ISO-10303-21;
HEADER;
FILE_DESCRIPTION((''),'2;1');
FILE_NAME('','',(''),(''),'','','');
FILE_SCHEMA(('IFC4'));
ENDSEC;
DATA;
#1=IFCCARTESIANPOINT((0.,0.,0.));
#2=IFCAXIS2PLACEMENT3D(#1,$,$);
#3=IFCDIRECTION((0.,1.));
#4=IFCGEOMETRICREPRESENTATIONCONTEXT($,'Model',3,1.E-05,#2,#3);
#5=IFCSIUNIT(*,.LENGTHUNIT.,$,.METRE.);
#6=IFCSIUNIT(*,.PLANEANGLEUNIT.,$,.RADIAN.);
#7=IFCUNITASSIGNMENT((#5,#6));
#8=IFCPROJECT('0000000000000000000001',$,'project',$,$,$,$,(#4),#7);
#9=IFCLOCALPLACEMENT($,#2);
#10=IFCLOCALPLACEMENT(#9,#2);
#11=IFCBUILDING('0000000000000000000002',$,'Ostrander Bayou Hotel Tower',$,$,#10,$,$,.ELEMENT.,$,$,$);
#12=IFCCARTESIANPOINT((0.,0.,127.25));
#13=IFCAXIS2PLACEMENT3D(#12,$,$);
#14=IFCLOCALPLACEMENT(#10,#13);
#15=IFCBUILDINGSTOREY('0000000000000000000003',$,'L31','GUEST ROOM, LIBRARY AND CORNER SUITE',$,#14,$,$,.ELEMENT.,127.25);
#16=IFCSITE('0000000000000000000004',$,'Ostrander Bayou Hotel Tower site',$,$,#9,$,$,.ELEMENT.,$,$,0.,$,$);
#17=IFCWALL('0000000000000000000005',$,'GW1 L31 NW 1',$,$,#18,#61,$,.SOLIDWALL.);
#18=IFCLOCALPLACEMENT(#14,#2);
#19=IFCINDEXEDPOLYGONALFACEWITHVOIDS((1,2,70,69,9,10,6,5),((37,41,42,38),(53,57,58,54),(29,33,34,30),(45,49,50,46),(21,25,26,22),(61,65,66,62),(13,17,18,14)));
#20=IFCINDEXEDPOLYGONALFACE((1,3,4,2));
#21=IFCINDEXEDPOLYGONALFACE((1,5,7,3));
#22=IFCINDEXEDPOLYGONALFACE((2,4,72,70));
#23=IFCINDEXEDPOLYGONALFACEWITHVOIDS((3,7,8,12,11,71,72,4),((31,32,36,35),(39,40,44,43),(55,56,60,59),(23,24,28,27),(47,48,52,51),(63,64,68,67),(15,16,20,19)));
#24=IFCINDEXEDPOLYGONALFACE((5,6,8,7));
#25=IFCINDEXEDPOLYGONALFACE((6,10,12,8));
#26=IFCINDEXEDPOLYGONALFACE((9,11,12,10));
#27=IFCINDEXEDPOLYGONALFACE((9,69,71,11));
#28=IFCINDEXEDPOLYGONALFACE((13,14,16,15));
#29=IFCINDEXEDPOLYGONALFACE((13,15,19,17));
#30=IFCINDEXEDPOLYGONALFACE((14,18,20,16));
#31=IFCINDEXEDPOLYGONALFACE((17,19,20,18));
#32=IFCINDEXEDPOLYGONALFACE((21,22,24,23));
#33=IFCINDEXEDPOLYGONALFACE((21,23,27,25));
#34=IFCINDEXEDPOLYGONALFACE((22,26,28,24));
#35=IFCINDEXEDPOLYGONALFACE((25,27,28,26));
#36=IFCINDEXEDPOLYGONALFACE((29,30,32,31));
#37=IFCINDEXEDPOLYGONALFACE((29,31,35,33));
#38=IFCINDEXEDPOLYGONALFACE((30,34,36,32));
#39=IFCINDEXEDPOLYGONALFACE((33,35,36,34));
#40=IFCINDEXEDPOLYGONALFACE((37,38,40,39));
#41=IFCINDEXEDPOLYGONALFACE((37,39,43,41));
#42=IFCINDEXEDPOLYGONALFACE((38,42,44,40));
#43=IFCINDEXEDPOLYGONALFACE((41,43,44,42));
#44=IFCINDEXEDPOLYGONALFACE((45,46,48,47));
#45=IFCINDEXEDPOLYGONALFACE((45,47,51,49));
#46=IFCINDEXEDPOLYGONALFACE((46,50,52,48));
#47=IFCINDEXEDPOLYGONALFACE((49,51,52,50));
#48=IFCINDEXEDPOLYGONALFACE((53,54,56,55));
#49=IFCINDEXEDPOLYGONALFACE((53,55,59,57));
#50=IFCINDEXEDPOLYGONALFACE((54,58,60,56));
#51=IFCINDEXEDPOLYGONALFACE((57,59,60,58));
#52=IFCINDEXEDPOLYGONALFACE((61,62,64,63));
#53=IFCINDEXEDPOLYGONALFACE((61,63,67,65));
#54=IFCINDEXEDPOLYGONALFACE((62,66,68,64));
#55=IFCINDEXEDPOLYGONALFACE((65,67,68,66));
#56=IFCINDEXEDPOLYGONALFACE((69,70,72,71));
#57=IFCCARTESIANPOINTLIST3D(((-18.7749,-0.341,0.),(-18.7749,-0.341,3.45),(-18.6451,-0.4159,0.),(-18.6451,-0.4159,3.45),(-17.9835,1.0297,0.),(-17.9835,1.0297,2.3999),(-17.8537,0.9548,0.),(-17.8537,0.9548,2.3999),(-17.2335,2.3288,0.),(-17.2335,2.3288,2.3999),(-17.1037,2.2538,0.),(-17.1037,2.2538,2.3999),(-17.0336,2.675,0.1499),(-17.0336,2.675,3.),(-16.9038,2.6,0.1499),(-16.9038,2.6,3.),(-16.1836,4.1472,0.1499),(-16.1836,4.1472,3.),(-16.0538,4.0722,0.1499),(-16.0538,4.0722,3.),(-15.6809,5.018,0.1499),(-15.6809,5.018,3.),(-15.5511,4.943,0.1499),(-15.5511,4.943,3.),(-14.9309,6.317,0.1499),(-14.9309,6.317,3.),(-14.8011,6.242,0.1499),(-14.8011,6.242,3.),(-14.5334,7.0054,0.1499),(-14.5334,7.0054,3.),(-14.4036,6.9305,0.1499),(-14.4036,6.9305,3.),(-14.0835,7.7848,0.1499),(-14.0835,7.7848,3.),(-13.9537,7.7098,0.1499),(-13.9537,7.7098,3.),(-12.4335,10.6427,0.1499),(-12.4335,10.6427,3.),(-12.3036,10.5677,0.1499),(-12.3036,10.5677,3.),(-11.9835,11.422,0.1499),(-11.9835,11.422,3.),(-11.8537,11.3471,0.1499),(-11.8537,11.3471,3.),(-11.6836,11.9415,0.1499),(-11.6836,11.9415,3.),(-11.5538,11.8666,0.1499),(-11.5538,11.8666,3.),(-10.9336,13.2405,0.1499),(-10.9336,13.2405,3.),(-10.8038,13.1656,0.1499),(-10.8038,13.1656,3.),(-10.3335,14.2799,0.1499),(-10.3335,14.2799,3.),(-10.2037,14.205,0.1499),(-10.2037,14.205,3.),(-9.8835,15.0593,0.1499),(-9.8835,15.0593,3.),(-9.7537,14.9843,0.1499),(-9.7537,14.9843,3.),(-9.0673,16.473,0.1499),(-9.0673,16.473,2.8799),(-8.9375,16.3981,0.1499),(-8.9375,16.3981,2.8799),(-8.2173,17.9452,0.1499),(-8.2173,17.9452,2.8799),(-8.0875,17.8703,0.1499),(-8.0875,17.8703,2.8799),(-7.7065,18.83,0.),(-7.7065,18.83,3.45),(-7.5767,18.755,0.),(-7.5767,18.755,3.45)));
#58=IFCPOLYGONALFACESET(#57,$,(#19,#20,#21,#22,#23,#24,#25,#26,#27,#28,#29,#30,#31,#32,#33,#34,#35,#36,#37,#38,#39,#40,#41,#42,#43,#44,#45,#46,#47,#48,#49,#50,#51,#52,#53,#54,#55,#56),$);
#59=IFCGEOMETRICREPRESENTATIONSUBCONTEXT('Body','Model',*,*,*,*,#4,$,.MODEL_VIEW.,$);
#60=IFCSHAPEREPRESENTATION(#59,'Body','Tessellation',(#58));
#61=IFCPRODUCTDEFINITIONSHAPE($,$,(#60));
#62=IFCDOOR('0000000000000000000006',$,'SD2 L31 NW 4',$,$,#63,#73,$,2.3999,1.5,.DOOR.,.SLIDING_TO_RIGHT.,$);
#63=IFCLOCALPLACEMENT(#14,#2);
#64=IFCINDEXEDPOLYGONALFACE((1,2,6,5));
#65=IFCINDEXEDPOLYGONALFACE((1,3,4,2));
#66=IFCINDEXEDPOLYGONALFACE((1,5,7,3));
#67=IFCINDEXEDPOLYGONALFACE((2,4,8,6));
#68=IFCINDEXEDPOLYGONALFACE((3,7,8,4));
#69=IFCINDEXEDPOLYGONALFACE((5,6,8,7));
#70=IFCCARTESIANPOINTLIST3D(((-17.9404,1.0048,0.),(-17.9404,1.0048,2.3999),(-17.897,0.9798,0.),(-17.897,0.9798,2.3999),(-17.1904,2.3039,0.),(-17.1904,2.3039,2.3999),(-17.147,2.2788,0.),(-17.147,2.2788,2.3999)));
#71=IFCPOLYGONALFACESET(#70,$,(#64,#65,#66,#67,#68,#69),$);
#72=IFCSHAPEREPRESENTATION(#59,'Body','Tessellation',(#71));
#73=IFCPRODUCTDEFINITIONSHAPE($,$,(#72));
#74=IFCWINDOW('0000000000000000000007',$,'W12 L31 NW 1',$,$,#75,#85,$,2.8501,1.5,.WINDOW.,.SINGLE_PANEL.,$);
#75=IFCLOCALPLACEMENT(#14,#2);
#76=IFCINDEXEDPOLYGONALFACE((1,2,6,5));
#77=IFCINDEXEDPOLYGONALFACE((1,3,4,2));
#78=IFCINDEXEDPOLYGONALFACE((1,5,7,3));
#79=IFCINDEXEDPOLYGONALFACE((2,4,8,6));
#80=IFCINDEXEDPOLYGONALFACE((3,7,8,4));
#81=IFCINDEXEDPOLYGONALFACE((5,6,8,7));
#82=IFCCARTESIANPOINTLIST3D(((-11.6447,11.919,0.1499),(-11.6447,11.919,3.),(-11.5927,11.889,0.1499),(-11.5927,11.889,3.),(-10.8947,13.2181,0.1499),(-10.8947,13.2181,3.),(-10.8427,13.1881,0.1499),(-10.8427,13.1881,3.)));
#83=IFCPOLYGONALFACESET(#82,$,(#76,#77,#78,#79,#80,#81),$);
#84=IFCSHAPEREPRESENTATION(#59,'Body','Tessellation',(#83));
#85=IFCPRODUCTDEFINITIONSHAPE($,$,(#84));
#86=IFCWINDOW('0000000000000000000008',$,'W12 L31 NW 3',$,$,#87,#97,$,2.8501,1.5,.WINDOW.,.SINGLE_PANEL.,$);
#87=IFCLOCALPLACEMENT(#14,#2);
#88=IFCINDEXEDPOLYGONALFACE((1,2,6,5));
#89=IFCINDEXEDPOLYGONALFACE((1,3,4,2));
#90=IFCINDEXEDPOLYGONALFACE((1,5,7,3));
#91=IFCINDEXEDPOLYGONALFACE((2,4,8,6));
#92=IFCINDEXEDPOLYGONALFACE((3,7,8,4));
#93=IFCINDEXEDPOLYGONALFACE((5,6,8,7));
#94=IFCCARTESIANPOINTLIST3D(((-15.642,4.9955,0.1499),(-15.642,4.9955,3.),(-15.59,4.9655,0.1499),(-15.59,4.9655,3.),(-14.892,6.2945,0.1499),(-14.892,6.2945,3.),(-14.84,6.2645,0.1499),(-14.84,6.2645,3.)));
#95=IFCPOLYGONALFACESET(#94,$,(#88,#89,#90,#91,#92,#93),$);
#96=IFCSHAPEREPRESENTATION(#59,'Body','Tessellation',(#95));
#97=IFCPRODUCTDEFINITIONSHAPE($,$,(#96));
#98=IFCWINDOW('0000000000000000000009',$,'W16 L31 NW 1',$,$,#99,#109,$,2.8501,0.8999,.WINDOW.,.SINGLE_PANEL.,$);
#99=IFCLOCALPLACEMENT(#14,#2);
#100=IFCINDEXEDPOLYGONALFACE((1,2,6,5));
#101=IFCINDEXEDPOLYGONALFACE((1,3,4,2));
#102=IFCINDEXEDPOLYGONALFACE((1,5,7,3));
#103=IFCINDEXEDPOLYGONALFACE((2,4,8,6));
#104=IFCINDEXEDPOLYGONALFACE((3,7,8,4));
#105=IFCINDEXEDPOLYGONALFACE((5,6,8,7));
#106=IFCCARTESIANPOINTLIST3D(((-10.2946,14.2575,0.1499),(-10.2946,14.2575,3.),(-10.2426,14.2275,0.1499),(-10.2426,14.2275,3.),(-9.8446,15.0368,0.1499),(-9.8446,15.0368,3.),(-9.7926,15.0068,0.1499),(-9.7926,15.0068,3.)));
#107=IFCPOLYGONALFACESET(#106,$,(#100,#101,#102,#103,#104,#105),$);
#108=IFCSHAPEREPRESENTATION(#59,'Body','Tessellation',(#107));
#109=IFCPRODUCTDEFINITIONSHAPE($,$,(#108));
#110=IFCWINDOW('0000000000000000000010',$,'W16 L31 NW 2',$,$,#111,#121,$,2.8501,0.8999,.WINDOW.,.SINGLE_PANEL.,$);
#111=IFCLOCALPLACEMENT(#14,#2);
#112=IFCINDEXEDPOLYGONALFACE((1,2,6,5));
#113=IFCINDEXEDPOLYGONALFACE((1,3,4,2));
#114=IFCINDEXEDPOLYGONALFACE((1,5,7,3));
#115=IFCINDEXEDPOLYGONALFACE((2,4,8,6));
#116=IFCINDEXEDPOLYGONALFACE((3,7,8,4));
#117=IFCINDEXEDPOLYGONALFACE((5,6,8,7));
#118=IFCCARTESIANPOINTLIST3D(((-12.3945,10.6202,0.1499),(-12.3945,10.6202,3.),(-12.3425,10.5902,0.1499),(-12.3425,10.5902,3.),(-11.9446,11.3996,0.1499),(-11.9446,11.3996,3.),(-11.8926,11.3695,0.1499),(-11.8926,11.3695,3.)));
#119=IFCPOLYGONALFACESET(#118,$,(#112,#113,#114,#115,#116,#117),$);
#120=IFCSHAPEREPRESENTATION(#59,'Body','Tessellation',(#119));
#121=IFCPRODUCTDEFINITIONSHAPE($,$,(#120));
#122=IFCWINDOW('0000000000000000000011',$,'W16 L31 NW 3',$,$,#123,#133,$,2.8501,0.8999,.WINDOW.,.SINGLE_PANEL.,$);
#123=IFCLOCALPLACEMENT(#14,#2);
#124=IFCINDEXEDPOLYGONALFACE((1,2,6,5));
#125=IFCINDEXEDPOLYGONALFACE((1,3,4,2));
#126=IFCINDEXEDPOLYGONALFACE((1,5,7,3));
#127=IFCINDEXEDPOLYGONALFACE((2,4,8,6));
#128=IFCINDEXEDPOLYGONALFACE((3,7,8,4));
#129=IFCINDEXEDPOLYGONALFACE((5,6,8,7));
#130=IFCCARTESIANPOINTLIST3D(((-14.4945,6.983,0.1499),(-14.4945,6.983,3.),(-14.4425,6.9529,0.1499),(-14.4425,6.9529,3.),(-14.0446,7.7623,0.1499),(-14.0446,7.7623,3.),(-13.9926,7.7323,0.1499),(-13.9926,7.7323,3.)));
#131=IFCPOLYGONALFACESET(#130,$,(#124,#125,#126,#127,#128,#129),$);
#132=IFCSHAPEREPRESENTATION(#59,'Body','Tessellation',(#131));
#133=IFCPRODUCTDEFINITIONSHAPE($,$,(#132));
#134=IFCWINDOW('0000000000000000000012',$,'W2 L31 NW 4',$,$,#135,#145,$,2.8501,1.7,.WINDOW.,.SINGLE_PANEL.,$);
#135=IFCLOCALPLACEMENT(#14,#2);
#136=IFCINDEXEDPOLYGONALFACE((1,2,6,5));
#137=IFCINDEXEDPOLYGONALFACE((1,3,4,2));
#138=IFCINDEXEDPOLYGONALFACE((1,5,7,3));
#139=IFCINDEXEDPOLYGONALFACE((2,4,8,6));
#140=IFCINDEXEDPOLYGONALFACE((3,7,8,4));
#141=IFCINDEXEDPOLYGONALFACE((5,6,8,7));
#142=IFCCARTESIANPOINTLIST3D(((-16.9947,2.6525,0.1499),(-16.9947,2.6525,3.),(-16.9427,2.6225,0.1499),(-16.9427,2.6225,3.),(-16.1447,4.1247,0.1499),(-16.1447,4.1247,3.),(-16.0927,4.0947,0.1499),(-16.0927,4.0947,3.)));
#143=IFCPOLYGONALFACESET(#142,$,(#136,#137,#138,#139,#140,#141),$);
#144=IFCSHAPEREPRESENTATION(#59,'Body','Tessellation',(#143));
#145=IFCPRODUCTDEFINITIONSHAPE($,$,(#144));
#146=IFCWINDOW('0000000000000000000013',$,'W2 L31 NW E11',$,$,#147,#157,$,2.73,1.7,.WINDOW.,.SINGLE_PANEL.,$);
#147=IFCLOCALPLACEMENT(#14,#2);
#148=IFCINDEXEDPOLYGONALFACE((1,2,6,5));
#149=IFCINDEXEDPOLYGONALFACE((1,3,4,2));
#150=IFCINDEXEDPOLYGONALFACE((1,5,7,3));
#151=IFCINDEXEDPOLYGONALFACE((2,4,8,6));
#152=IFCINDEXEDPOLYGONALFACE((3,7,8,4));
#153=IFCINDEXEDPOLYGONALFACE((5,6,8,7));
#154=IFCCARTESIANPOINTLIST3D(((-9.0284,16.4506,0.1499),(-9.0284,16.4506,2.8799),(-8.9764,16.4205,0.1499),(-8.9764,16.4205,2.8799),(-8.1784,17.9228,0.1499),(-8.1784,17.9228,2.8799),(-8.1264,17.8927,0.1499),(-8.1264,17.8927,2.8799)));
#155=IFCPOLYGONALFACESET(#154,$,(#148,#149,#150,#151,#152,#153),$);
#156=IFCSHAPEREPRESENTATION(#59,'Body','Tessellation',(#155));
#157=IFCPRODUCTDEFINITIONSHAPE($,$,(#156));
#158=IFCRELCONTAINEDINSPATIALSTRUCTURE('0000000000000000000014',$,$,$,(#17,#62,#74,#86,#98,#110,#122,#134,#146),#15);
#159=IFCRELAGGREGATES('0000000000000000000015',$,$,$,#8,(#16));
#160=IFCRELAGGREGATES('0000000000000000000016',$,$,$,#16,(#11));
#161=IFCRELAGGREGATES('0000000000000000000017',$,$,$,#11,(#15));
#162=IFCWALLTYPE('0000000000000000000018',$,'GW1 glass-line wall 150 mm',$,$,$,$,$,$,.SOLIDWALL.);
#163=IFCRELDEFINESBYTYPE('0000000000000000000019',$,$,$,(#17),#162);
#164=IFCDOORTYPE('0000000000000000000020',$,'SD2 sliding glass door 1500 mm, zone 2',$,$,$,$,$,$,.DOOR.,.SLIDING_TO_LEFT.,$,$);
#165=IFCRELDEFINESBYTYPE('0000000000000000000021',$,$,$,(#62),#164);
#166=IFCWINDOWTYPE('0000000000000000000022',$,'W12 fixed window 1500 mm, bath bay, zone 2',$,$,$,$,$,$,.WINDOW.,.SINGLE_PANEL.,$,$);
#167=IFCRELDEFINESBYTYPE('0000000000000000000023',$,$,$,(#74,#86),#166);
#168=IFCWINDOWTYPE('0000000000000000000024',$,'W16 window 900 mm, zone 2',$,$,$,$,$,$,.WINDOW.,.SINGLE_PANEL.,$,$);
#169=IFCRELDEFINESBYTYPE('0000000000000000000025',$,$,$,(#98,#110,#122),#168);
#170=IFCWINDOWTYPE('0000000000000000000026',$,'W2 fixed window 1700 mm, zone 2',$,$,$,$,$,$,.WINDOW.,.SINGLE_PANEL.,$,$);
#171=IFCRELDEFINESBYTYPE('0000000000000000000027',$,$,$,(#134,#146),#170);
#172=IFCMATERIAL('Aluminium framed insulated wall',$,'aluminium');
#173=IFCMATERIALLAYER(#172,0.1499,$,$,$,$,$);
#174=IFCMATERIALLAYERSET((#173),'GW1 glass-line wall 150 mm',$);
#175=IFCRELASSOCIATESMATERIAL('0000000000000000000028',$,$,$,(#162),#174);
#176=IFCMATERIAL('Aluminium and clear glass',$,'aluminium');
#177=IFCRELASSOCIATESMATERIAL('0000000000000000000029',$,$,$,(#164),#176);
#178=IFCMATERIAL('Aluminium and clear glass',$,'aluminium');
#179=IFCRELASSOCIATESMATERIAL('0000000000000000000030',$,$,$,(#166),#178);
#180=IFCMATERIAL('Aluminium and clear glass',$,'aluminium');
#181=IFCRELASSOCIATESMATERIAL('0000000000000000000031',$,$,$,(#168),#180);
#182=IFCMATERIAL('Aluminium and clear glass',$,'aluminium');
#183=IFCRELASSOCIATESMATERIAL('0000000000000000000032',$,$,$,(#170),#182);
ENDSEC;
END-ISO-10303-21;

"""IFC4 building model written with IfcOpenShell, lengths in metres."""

from ifc_helpers import new_model, si_unit, direction, frame, frame_2d, origin, place, context, subcontext, project, spatial, rectangle, extrude, material, layer, layer_set, type_object, element, fill, save


model = new_model("IFC4")

# Units and contexts
model_context = context("Model", 3, precision=1e-05, world=origin(), true_north=direction((0.0, 1.0)))
body_context = subcontext(model_context, "Body", "Model", "MODEL_VIEW")
ifc_project = project(units=[si_unit("LENGTHUNIT", "METRE"), si_unit("PLANEANGLEUNIT", "RADIAN")], contexts=[model_context])

# Site, building, storey
site_placement = place(None, origin())
site = spatial("IfcSite", under=ifc_project, at=site_placement, Name="Ostrander Bayou Hotel Tower site", CompositionType="ELEMENT", RefElevation=0.0)
building_placement = place(site_placement, origin())
building = spatial("IfcBuilding", under=site, at=building_placement, Name="Ostrander Bayou Hotel Tower", CompositionType="ELEMENT")
storey_placement = place(building_placement, frame((0.0, 0.0, 127.25)))
storey = spatial("IfcBuildingStorey", under=building, at=storey_placement, Name="L31", Description="GUEST ROOM, LIBRARY AND CORNER SUITE", CompositionType="ELEMENT", Elevation=127.25)

# Wall, openings, door, windows
ifc_material_1 = material(Name="Aluminium framed insulated wall", Category="aluminium")
ifc_layer_1 = layer(ifc_material_1, 0.1499)
ifc_layer_set_1 = layer_set([ifc_layer_1], Name="GW1 glass-line wall 150 mm")
wall_type_1 = type_object("IfcWallType", Name="GW1 glass-line wall 150 mm", PredefinedType="SOLIDWALL", material=ifc_layer_set_1)
wall_1_placement = place(storey_placement, frame((-7.6416, 18.7925, 0.0), z_axis=(0.0, 0.0, 1.0), x_axis=(-0.500001, -0.866025, 0.0)))
wall_1 = element("IfcWall", 1, at=wall_1_placement, inside=storey, type_object=wall_type_1, Name="GW1 L31 NW 1", PredefinedType="SOLIDWALL", context=body_context, shape_type="SweptSolid", body=[
    extrude(rectangle(XDim=22.1367, YDim=0.1499, at=frame_2d((11.0684, 0.0))), origin(), (0.0, 0.0, 1.0), 3.45),
])
opening_1_placement = place(wall_1_placement, frame((4.354, 0.0, 0.1499)))
opening_1 = element("IfcOpeningElement", 2, at=opening_1_placement, cuts=wall_1, PredefinedType="OPENING", context=body_context, shape_type="SweptSolid", body=[
    extrude(rectangle(XDim=0.8999, YDim=2.8501, at=frame_2d((0.45, 1.425))), frame((0.0, 0.075, 0.0), z_axis=(0.0, -1.0, 0.0), x_axis=(1.0, 0.0, 0.0)), (0.0, 0.0, 1.0), 0.1499),
])
opening_2_placement = place(wall_1_placement, frame((6.4541, 0.0, 0.1499)))
opening_2 = element("IfcOpeningElement", 3, at=opening_2_placement, cuts=wall_1, PredefinedType="OPENING", context=body_context, shape_type="SweptSolid", body=[
    extrude(rectangle(XDim=1.5, YDim=2.8501, at=frame_2d((0.75, 1.425))), frame((0.0, 0.075, 0.0), z_axis=(0.0, -1.0, 0.0), x_axis=(1.0, 0.0, 0.0)), (0.0, 0.0, 1.0), 0.1499),
])
opening_3_placement = place(wall_1_placement, frame((8.554, 0.0, 0.1499)))
opening_3 = element("IfcOpeningElement", 4, at=opening_3_placement, cuts=wall_1, PredefinedType="OPENING", context=body_context, shape_type="SweptSolid", body=[
    extrude(rectangle(XDim=0.8999, YDim=2.8501, at=frame_2d((0.45, 1.425))), frame((0.0, 0.075, 0.0), z_axis=(0.0, -1.0, 0.0), x_axis=(1.0, 0.0, 0.0)), (0.0, 0.0, 1.0), 0.1499),
])
opening_4_placement = place(wall_1_placement, frame((12.7539, 0.0, 0.1499)))
opening_4 = element("IfcOpeningElement", 5, at=opening_4_placement, cuts=wall_1, PredefinedType="OPENING", context=body_context, shape_type="SweptSolid", body=[
    extrude(rectangle(XDim=0.8999, YDim=2.8501, at=frame_2d((0.45, 1.425))), frame((0.0, 0.075, 0.0), z_axis=(0.0, -1.0, 0.0), x_axis=(1.0, 0.0, 0.0)), (0.0, 0.0, 1.0), 0.1499),
])
opening_5_placement = place(wall_1_placement, frame((14.4487, 0.0, 0.1499)))
opening_5 = element("IfcOpeningElement", 6, at=opening_5_placement, cuts=wall_1, PredefinedType="OPENING", context=body_context, shape_type="SweptSolid", body=[
    extrude(rectangle(XDim=1.5, YDim=2.8501, at=frame_2d((0.75, 1.425))), frame((0.0, 0.075, 0.0), z_axis=(0.0, -1.0, 0.0), x_axis=(1.0, 0.0, 0.0)), (0.0, 0.0, 1.0), 0.1499),
])
opening_6_placement = place(wall_1_placement, frame((16.9541, 0.0, 0.1499)))
opening_6 = element("IfcOpeningElement", 7, at=opening_6_placement, cuts=wall_1, PredefinedType="OPENING", context=body_context, shape_type="SweptSolid", body=[
    extrude(rectangle(XDim=1.7, YDim=2.8501, at=frame_2d((0.8501, 1.425))), frame((0.0, 0.075, 0.0), z_axis=(0.0, -1.0, 0.0), x_axis=(1.0, 0.0, 0.0)), (0.0, 0.0, 1.0), 0.1499),
])
opening_7_placement = place(wall_1_placement, frame((19.054, 0.0, 0.0)))
opening_7 = element("IfcOpeningElement", 8, at=opening_7_placement, cuts=wall_1, PredefinedType="OPENING", context=body_context, shape_type="SweptSolid", body=[
    extrude(rectangle(XDim=1.5, YDim=2.3999, at=frame_2d((0.75, 1.2))), frame((0.0, 0.075, 0.0), z_axis=(0.0, -1.0, 0.0), x_axis=(1.0, 0.0, 0.0)), (0.0, 0.0, 1.0), 0.1499),
])
opening_8_placement = place(wall_1_placement, frame((1.0215, 0.0, 0.1499)))
opening_8 = element("IfcOpeningElement", 9, at=opening_8_placement, cuts=wall_1, PredefinedType="OPENING", context=body_context, shape_type="SweptSolid", body=[
    extrude(rectangle(XDim=1.7, YDim=2.73, at=frame_2d((0.8501, 1.365))), frame((0.0, 0.075, 0.0), z_axis=(0.0, -1.0, 0.0), x_axis=(1.0, 0.0, 0.0)), (0.0, 0.0, 1.0), 0.1499),
])
ifc_material_2 = material(Name="Aluminium and clear glass", Category="aluminium")
door_type_1 = type_object("IfcDoorType", Name="SD2 sliding glass door 1500 mm, zone 2", OperationType="SLIDING_TO_LEFT", PredefinedType="DOOR", material=ifc_material_2)
door_1_placement = place(opening_7_placement, origin())
door_1 = element("IfcDoor", 10, at=door_1_placement, inside=storey, type_object=door_type_1, Name="SD2 L31 NW 4", OperationType="SLIDING_TO_RIGHT", OverallHeight=2.3999, OverallWidth=1.5, PredefinedType="DOOR", context=body_context, shape_type="SweptSolid", body=[
    extrude(rectangle(XDim=1.5, YDim=2.3999, at=frame_2d((0.75, 1.2))), frame((0.0, 0.0249, 0.0), z_axis=(0.0, -1.0, 0.0), x_axis=(1.0, 0.0, 0.0)), (0.0, 0.0, 1.0), 0.05),
])
fill(opening_7, door_1)
ifc_material_3 = material(Name="Aluminium and clear glass", Category="aluminium")
window_type_1 = type_object("IfcWindowType", Name="W12 fixed window 1500 mm, bath bay, zone 2", PartitioningType="SINGLE_PANEL", PredefinedType="WINDOW", material=ifc_material_3)
window_1_placement = place(opening_2_placement, origin())
window_1 = element("IfcWindow", 11, at=window_1_placement, inside=storey, type_object=window_type_1, Name="W12 L31 NW 1", OverallHeight=2.8501, OverallWidth=1.5, PartitioningType="SINGLE_PANEL", PredefinedType="WINDOW", context=body_context, shape_type="SweptSolid", body=[
    extrude(rectangle(XDim=1.5, YDim=2.8501, at=frame_2d((0.75, 1.425))), frame((0.0, 0.03, 0.0), z_axis=(0.0, -1.0, 0.0), x_axis=(1.0, 0.0, 0.0)), (0.0, 0.0, 1.0), 0.0601),
])
fill(opening_2, window_1)
window_2_placement = place(opening_5_placement, origin())
window_2 = element("IfcWindow", 12, at=window_2_placement, inside=storey, type_object=window_type_1, Name="W12 L31 NW 3", OverallHeight=2.8501, OverallWidth=1.5, PartitioningType="SINGLE_PANEL", PredefinedType="WINDOW", context=body_context, shape_type="SweptSolid", body=[
    extrude(rectangle(XDim=1.5, YDim=2.8501, at=frame_2d((0.75, 1.425))), frame((0.0, 0.03, 0.0), z_axis=(0.0, -1.0, 0.0), x_axis=(1.0, 0.0, 0.0)), (0.0, 0.0, 1.0), 0.0601),
])
fill(opening_5, window_2)
ifc_material_4 = material(Name="Aluminium and clear glass", Category="aluminium")
window_type_2 = type_object("IfcWindowType", Name="W16 window 900 mm, zone 2", PartitioningType="SINGLE_PANEL", PredefinedType="WINDOW", material=ifc_material_4)
window_3_placement = place(opening_1_placement, origin())
window_3 = element("IfcWindow", 13, at=window_3_placement, inside=storey, type_object=window_type_2, Name="W16 L31 NW 1", OverallHeight=2.8501, OverallWidth=0.8999, PartitioningType="SINGLE_PANEL", PredefinedType="WINDOW", context=body_context, shape_type="SweptSolid", body=[
    extrude(rectangle(XDim=0.8999, YDim=2.8501, at=frame_2d((0.45, 1.425))), frame((0.0, 0.03, 0.0), z_axis=(0.0, -1.0, 0.0), x_axis=(1.0, 0.0, 0.0)), (0.0, 0.0, 1.0), 0.0601),
])
fill(opening_1, window_3)
window_4_placement = place(opening_3_placement, origin())
window_4 = element("IfcWindow", 14, at=window_4_placement, inside=storey, type_object=window_type_2, Name="W16 L31 NW 2", OverallHeight=2.8501, OverallWidth=0.8999, PartitioningType="SINGLE_PANEL", PredefinedType="WINDOW", context=body_context, shape_type="SweptSolid", body=[
    extrude(rectangle(XDim=0.8999, YDim=2.8501, at=frame_2d((0.45, 1.425))), frame((0.0, 0.03, 0.0), z_axis=(0.0, -1.0, 0.0), x_axis=(1.0, 0.0, 0.0)), (0.0, 0.0, 1.0), 0.0601),
])
fill(opening_3, window_4)
window_5_placement = place(opening_4_placement, origin())
window_5 = element("IfcWindow", 15, at=window_5_placement, inside=storey, type_object=window_type_2, Name="W16 L31 NW 3", OverallHeight=2.8501, OverallWidth=0.8999, PartitioningType="SINGLE_PANEL", PredefinedType="WINDOW", context=body_context, shape_type="SweptSolid", body=[
    extrude(rectangle(XDim=0.8999, YDim=2.8501, at=frame_2d((0.45, 1.425))), frame((0.0, 0.03, 0.0), z_axis=(0.0, -1.0, 0.0), x_axis=(1.0, 0.0, 0.0)), (0.0, 0.0, 1.0), 0.0601),
])
fill(opening_4, window_5)
ifc_material_5 = material(Name="Aluminium and clear glass", Category="aluminium")
window_type_3 = type_object("IfcWindowType", Name="W2 fixed window 1700 mm, zone 2", PartitioningType="SINGLE_PANEL", PredefinedType="WINDOW", material=ifc_material_5)
window_6_placement = place(opening_6_placement, origin())
window_6 = element("IfcWindow", 16, at=window_6_placement, inside=storey, type_object=window_type_3, Name="W2 L31 NW 4", OverallHeight=2.8501, OverallWidth=1.7, PartitioningType="SINGLE_PANEL", PredefinedType="WINDOW", context=body_context, shape_type="SweptSolid", body=[
    extrude(rectangle(XDim=1.7, YDim=2.8501, at=frame_2d((0.8501, 1.425))), frame((0.0, 0.03, 0.0), z_axis=(0.0, -1.0, 0.0), x_axis=(1.0, 0.0, 0.0)), (0.0, 0.0, 1.0), 0.0601),
])
fill(opening_6, window_6)
window_7_placement = place(opening_8_placement, origin())
window_7 = element("IfcWindow", 17, at=window_7_placement, inside=storey, type_object=window_type_3, Name="W2 L31 NW E11", OverallHeight=2.73, OverallWidth=1.7, PartitioningType="SINGLE_PANEL", PredefinedType="WINDOW", context=body_context, shape_type="SweptSolid", body=[
    extrude(rectangle(XDim=1.7, YDim=2.73, at=frame_2d((0.8501, 1.365))), frame((0.0, 0.03, 0.0), z_axis=(0.0, -1.0, 0.0), x_axis=(1.0, 0.0, 0.0)), (0.0, 0.0, 1.0), 0.0601),
])
fill(opening_8, window_7)

save(model, "model.ifc")
